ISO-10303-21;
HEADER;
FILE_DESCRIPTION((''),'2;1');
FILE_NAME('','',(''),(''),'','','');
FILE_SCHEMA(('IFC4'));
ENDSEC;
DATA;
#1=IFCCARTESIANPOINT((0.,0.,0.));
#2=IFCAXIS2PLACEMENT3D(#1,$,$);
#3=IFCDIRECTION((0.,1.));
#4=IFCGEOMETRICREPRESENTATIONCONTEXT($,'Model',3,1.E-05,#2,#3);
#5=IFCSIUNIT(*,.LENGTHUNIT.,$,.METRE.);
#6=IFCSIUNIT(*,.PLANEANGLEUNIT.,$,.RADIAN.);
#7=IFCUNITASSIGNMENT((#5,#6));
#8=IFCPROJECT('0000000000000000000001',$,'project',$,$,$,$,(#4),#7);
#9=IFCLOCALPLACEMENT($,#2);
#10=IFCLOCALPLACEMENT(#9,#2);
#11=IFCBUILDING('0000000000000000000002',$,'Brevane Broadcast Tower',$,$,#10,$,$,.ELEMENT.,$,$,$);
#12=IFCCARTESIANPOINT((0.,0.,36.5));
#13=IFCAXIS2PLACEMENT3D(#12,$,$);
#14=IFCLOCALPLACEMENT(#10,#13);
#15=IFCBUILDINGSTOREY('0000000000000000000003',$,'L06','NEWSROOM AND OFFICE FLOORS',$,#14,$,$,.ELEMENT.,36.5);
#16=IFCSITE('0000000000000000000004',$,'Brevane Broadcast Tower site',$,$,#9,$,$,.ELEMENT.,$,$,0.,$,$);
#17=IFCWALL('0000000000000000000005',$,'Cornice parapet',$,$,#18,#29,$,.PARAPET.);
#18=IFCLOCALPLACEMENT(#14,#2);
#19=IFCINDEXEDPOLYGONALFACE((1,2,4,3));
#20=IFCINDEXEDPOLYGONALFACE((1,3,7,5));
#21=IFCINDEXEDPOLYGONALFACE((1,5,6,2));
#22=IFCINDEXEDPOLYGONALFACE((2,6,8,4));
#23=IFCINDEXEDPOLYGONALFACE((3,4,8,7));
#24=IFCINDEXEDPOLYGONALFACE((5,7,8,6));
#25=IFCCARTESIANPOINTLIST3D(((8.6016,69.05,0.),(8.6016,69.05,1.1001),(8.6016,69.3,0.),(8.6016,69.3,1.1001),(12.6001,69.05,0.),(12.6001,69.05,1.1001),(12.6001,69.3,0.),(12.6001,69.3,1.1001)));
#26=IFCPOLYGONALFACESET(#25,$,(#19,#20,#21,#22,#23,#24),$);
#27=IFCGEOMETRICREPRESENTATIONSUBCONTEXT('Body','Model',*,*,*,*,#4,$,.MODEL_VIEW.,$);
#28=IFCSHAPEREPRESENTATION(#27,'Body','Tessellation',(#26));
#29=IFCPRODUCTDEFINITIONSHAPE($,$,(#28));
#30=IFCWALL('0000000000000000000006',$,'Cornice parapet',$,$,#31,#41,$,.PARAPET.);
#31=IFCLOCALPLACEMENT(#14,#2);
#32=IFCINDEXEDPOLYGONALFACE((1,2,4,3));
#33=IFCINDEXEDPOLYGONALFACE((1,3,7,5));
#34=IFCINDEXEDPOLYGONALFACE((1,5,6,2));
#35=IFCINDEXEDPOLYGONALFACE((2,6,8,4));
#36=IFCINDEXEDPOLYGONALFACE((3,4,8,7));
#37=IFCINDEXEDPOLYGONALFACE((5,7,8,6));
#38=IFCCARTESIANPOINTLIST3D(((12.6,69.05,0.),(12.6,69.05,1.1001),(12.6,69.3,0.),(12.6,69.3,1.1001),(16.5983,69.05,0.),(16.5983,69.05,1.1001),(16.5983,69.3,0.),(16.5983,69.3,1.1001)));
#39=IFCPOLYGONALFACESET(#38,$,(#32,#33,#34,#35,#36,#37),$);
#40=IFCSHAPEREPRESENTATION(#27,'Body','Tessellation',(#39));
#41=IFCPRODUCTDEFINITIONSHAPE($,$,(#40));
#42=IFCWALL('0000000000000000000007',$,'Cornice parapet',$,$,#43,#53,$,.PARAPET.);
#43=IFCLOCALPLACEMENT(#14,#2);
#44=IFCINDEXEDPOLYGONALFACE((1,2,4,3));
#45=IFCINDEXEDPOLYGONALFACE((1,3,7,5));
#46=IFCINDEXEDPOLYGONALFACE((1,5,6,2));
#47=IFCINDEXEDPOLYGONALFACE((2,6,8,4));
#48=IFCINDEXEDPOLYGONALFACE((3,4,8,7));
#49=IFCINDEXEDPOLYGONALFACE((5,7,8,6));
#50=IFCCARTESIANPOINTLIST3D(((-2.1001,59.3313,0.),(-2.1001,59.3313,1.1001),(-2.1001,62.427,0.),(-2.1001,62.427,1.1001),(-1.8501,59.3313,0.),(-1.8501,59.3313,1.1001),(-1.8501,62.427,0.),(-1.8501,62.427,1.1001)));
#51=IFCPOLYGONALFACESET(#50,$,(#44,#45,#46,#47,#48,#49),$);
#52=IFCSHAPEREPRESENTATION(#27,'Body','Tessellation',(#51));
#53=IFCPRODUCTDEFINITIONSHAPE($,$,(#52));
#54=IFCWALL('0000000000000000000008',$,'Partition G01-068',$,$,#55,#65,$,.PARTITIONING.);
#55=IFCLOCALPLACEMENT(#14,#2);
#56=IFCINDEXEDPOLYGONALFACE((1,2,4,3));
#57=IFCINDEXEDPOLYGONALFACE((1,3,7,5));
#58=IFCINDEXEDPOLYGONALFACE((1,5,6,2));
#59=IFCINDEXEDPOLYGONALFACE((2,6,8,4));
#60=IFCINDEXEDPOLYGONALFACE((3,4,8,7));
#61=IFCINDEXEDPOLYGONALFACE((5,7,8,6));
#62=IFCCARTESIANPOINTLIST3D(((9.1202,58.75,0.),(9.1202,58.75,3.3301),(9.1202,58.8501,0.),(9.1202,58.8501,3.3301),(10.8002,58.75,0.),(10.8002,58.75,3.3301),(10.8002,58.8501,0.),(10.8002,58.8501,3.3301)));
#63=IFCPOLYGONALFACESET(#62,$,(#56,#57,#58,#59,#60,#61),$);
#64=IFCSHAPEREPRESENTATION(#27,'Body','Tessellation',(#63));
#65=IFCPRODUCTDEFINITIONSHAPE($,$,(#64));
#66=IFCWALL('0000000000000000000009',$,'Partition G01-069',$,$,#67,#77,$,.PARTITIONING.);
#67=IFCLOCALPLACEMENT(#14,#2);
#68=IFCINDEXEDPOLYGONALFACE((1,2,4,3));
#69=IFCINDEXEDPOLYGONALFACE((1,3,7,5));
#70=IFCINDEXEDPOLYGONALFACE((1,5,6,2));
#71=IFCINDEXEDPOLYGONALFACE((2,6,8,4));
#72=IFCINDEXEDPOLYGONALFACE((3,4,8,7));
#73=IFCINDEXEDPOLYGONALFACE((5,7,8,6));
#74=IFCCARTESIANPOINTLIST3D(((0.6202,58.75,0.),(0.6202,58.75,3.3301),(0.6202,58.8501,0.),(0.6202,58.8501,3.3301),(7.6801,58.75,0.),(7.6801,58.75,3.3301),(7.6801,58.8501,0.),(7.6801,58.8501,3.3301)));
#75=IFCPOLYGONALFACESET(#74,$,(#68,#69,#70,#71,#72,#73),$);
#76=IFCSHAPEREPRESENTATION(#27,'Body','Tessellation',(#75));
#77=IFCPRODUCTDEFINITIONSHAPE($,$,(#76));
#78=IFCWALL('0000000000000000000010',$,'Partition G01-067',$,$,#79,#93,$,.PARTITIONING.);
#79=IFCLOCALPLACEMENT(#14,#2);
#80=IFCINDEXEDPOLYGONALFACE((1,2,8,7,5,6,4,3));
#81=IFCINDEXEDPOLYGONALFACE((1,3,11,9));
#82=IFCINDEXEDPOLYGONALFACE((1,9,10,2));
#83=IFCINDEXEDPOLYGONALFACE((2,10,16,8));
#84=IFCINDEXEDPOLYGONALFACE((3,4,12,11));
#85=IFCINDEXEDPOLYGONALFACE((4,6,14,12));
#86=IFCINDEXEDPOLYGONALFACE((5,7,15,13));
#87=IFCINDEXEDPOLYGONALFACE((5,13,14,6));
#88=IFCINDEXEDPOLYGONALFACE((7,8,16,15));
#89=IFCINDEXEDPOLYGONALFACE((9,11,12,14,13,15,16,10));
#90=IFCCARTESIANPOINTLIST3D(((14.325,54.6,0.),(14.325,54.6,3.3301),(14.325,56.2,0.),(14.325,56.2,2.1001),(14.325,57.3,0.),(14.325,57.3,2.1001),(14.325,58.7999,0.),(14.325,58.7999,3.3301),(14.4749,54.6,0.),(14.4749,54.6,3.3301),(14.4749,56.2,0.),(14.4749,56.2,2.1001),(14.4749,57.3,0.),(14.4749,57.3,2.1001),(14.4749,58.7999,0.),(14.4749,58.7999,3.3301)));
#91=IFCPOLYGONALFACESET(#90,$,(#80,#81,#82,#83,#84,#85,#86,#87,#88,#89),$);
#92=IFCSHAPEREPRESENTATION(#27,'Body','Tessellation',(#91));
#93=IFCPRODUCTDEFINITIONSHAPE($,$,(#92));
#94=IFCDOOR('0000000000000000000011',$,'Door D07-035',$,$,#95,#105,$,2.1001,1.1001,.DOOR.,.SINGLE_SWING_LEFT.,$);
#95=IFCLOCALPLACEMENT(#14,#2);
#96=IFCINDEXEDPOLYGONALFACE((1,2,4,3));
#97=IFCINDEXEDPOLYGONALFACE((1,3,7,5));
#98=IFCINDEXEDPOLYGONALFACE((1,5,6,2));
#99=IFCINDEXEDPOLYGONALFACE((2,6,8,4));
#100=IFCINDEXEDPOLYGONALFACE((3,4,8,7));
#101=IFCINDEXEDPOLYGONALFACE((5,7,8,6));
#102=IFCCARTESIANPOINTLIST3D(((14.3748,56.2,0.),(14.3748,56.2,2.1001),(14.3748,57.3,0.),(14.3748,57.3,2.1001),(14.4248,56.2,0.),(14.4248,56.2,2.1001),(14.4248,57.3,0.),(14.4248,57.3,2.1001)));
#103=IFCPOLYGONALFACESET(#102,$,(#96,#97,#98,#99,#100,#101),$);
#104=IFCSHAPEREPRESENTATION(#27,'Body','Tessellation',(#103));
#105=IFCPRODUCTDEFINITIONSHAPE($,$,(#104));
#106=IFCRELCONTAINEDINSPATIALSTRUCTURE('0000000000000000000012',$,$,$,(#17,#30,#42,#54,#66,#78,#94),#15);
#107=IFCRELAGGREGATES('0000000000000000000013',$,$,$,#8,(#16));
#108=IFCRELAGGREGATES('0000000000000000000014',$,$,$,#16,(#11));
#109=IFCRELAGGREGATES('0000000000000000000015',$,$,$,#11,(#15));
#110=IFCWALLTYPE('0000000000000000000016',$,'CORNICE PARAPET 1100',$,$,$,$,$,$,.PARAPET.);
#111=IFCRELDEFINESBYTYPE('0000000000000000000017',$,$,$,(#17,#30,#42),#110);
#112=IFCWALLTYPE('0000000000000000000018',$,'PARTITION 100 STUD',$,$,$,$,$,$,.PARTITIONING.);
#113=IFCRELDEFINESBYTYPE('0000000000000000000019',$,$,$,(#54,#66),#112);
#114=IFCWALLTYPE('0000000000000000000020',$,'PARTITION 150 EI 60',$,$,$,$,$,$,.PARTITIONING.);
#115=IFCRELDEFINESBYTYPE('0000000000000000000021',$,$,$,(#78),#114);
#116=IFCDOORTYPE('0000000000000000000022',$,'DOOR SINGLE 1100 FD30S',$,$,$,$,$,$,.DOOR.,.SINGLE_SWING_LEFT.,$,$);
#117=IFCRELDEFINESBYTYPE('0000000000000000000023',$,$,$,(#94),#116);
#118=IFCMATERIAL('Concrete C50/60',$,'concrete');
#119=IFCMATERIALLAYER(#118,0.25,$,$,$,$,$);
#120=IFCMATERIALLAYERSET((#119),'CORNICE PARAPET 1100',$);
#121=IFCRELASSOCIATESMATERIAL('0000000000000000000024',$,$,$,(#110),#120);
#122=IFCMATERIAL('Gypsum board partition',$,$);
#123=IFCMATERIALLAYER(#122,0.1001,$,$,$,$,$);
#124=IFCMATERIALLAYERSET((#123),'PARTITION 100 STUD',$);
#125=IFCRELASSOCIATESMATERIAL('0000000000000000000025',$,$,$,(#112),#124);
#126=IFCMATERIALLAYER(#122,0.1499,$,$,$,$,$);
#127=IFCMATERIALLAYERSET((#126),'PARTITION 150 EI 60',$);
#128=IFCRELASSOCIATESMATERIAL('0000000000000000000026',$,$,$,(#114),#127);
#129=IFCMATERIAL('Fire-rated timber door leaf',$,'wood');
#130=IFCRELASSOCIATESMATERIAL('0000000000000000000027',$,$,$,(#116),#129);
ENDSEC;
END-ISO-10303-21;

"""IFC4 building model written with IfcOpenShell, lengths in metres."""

from ifc_helpers import new_model, si_unit, direction, frame, frame_2d, origin, place, context, subcontext, project, spatial, rectangle, extrude, material, layer, layer_set, type_object, element, fill, save


model = new_model("IFC4")

# Units and contexts
model_context = context("Model", 3, precision=1e-05, world=origin(), true_north=direction((0.0, 1.0)))
body_context = subcontext(model_context, "Body", "Model", "MODEL_VIEW")
ifc_project = project(units=[si_unit("LENGTHUNIT", "METRE"), si_unit("PLANEANGLEUNIT", "RADIAN")], contexts=[model_context])

# Site, building, storey
site_placement = place(None, origin())
site = spatial("IfcSite", under=ifc_project, at=site_placement, Name="Brevane Broadcast Tower site", CompositionType="ELEMENT", RefElevation=0.0)
building_placement = place(site_placement, origin())
building = spatial("IfcBuilding", under=site, at=building_placement, Name="Brevane Broadcast Tower", CompositionType="ELEMENT")
storey_placement = place(building_placement, frame((0.0, 0.0, 36.5)))
storey = spatial("IfcBuildingStorey", under=building, at=storey_placement, Name="L06", Description="NEWSROOM AND OFFICE FLOORS", CompositionType="ELEMENT", Elevation=36.5)

# Walls
ifc_material_1 = material(Name="Concrete C50/60", Category="concrete")
ifc_layer_1 = layer(ifc_material_1, 0.25)
ifc_layer_set_1 = layer_set([ifc_layer_1], Name="CORNICE PARAPET 1100")
wall_type_1 = type_object("IfcWallType", Name="CORNICE PARAPET 1100", PredefinedType="PARAPET", material=ifc_layer_set_1)
wall_1_placement = place(storey_placement, frame((8.6016, 69.175, 0.0), z_axis=(0.0, 0.0, 1.0), x_axis=(1.0, 0.0, 0.0)))
element("IfcWall", 1, at=wall_1_placement, inside=storey, type_object=wall_type_1, Name="Cornice parapet", PredefinedType="PARAPET", context=body_context, shape_type="SweptSolid", body=[
    extrude(rectangle(XDim=3.9985, YDim=0.25, at=frame_2d((1.9993, 0.0))), origin(), (0.0, 0.0, 1.0), 1.1001),
])
wall_2_placement = place(storey_placement, frame((12.6001, 69.175, 0.0), z_axis=(0.0, 0.0, 1.0), x_axis=(1.0, 0.0, 0.0)))
element("IfcWall", 2, at=wall_2_placement, inside=storey, type_object=wall_type_1, Name="Cornice parapet", PredefinedType="PARAPET", context=body_context, shape_type="SweptSolid", body=[
    extrude(rectangle(XDim=3.9983, YDim=0.25, at=frame_2d((1.999, 0.0))), origin(), (0.0, 0.0, 1.0), 1.1001),
])
wall_3_placement = place(storey_placement, frame((-1.9751, 59.3313, 0.0), z_axis=(0.0, 0.0, 1.0), x_axis=(0.0, 1.0, 0.0)))
element("IfcWall", 3, at=wall_3_placement, inside=storey, type_object=wall_type_1, Name="Cornice parapet", PredefinedType="PARAPET", context=body_context, shape_type="SweptSolid", body=[
    extrude(rectangle(XDim=3.0957, YDim=0.25, at=frame_2d((1.5479, 0.0))), origin(), (0.0, 0.0, 1.0), 1.1001),
])
ifc_material_2 = material(Name="Gypsum board partition")
ifc_layer_2 = layer(ifc_material_2, 0.1001)
ifc_layer_set_2 = layer_set([ifc_layer_2], Name="PARTITION 100 STUD")
wall_type_2 = type_object("IfcWallType", Name="PARTITION 100 STUD", PredefinedType="PARTITIONING", material=ifc_layer_set_2)
wall_4_placement = place(storey_placement, frame((10.8, 58.8, 0.0), z_axis=(0.0, 0.0, 1.0), x_axis=(-1.0, 0.0, 0.0)))
element("IfcWall", 4, at=wall_4_placement, inside=storey, type_object=wall_type_2, Name="Partition G01-068", PredefinedType="PARTITIONING", context=body_context, shape_type="SweptSolid", body=[
    extrude(rectangle(XDim=1.6799, YDim=0.1001, at=frame_2d((0.8398, 0.0))), origin(), (0.0, 0.0, 1.0), 3.3301),
])
wall_5_placement = place(storey_placement, frame((7.6799, 58.8, 0.0), z_axis=(0.0, 0.0, 1.0), x_axis=(-1.0, 0.0, 0.0)))
element("IfcWall", 5, at=wall_5_placement, inside=storey, type_object=wall_type_2, Name="Partition G01-069", PredefinedType="PARTITIONING", context=body_context, shape_type="SweptSolid", body=[
    extrude(rectangle(XDim=7.0598, YDim=0.1001, at=frame_2d((3.5298, 0.0))), origin(), (0.0, 0.0, 1.0), 3.3301),
])

# Wall, opening, door
ifc_layer_3 = layer(ifc_material_2, 0.1499)
ifc_layer_set_3 = layer_set([ifc_layer_3], Name="PARTITION 150 EI 60")
wall_type_3 = type_object("IfcWallType", Name="PARTITION 150 EI 60", PredefinedType="PARTITIONING", material=ifc_layer_set_3)
ifc_material_3 = material(Name="Fire-rated timber door leaf", Category="wood")
wall_6_placement = place(storey_placement, frame((14.3999, 58.8, 0.0), z_axis=(0.0, 0.0, 1.0), x_axis=(0.0, -1.0, 0.0)))
wall_6 = element("IfcWall", 6, at=wall_6_placement, inside=storey, type_object=wall_type_3, Name="Partition G01-067", PredefinedType="PARTITIONING", context=body_context, shape_type="SweptSolid", body=[
    extrude(rectangle(XDim=4.2, YDim=0.1499, at=frame_2d((2.1001, 0.0))), origin(), (0.0, 0.0, 1.0), 3.3301),
])
opening_1_placement = place(wall_6_placement, frame((1.5, 0.0, 0.0)))
opening_1 = element("IfcOpeningElement", 7, at=opening_1_placement, cuts=wall_6, PredefinedType="OPENING", context=body_context, shape_type="SweptSolid", body=[
    extrude(rectangle(XDim=1.1001, YDim=2.1001, at=frame_2d((0.55, 1.05))), frame((0.0, 0.085, 0.0), z_axis=(0.0, -1.0, 0.0), x_axis=(1.0, 0.0, 0.0)), (0.0, 0.0, 1.0), 0.1699),
])
door_type_1 = type_object("IfcDoorType", Name="DOOR SINGLE 1100 FD30S", OperationType="SINGLE_SWING_LEFT", PredefinedType="DOOR", material=ifc_material_3)
door_1_placement = place(opening_1_placement, origin())
door_1 = element("IfcDoor", 8, at=door_1_placement, inside=storey, type_object=door_type_1, Name="Door D07-035", OperationType="SINGLE_SWING_LEFT", OverallHeight=2.1001, OverallWidth=1.1001, PredefinedType="DOOR", context=body_context, shape_type="SweptSolid", body=[
    extrude(rectangle(XDim=1.1001, YDim=2.1001, at=frame_2d((0.55, 1.05))), frame((0.0, 0.0249, 0.0), z_axis=(0.0, -1.0, 0.0), x_axis=(1.0, 0.0, 0.0)), (0.0, 0.0, 1.0), 0.05),
])
fill(opening_1, door_1)

save(model, "model.ifc")
